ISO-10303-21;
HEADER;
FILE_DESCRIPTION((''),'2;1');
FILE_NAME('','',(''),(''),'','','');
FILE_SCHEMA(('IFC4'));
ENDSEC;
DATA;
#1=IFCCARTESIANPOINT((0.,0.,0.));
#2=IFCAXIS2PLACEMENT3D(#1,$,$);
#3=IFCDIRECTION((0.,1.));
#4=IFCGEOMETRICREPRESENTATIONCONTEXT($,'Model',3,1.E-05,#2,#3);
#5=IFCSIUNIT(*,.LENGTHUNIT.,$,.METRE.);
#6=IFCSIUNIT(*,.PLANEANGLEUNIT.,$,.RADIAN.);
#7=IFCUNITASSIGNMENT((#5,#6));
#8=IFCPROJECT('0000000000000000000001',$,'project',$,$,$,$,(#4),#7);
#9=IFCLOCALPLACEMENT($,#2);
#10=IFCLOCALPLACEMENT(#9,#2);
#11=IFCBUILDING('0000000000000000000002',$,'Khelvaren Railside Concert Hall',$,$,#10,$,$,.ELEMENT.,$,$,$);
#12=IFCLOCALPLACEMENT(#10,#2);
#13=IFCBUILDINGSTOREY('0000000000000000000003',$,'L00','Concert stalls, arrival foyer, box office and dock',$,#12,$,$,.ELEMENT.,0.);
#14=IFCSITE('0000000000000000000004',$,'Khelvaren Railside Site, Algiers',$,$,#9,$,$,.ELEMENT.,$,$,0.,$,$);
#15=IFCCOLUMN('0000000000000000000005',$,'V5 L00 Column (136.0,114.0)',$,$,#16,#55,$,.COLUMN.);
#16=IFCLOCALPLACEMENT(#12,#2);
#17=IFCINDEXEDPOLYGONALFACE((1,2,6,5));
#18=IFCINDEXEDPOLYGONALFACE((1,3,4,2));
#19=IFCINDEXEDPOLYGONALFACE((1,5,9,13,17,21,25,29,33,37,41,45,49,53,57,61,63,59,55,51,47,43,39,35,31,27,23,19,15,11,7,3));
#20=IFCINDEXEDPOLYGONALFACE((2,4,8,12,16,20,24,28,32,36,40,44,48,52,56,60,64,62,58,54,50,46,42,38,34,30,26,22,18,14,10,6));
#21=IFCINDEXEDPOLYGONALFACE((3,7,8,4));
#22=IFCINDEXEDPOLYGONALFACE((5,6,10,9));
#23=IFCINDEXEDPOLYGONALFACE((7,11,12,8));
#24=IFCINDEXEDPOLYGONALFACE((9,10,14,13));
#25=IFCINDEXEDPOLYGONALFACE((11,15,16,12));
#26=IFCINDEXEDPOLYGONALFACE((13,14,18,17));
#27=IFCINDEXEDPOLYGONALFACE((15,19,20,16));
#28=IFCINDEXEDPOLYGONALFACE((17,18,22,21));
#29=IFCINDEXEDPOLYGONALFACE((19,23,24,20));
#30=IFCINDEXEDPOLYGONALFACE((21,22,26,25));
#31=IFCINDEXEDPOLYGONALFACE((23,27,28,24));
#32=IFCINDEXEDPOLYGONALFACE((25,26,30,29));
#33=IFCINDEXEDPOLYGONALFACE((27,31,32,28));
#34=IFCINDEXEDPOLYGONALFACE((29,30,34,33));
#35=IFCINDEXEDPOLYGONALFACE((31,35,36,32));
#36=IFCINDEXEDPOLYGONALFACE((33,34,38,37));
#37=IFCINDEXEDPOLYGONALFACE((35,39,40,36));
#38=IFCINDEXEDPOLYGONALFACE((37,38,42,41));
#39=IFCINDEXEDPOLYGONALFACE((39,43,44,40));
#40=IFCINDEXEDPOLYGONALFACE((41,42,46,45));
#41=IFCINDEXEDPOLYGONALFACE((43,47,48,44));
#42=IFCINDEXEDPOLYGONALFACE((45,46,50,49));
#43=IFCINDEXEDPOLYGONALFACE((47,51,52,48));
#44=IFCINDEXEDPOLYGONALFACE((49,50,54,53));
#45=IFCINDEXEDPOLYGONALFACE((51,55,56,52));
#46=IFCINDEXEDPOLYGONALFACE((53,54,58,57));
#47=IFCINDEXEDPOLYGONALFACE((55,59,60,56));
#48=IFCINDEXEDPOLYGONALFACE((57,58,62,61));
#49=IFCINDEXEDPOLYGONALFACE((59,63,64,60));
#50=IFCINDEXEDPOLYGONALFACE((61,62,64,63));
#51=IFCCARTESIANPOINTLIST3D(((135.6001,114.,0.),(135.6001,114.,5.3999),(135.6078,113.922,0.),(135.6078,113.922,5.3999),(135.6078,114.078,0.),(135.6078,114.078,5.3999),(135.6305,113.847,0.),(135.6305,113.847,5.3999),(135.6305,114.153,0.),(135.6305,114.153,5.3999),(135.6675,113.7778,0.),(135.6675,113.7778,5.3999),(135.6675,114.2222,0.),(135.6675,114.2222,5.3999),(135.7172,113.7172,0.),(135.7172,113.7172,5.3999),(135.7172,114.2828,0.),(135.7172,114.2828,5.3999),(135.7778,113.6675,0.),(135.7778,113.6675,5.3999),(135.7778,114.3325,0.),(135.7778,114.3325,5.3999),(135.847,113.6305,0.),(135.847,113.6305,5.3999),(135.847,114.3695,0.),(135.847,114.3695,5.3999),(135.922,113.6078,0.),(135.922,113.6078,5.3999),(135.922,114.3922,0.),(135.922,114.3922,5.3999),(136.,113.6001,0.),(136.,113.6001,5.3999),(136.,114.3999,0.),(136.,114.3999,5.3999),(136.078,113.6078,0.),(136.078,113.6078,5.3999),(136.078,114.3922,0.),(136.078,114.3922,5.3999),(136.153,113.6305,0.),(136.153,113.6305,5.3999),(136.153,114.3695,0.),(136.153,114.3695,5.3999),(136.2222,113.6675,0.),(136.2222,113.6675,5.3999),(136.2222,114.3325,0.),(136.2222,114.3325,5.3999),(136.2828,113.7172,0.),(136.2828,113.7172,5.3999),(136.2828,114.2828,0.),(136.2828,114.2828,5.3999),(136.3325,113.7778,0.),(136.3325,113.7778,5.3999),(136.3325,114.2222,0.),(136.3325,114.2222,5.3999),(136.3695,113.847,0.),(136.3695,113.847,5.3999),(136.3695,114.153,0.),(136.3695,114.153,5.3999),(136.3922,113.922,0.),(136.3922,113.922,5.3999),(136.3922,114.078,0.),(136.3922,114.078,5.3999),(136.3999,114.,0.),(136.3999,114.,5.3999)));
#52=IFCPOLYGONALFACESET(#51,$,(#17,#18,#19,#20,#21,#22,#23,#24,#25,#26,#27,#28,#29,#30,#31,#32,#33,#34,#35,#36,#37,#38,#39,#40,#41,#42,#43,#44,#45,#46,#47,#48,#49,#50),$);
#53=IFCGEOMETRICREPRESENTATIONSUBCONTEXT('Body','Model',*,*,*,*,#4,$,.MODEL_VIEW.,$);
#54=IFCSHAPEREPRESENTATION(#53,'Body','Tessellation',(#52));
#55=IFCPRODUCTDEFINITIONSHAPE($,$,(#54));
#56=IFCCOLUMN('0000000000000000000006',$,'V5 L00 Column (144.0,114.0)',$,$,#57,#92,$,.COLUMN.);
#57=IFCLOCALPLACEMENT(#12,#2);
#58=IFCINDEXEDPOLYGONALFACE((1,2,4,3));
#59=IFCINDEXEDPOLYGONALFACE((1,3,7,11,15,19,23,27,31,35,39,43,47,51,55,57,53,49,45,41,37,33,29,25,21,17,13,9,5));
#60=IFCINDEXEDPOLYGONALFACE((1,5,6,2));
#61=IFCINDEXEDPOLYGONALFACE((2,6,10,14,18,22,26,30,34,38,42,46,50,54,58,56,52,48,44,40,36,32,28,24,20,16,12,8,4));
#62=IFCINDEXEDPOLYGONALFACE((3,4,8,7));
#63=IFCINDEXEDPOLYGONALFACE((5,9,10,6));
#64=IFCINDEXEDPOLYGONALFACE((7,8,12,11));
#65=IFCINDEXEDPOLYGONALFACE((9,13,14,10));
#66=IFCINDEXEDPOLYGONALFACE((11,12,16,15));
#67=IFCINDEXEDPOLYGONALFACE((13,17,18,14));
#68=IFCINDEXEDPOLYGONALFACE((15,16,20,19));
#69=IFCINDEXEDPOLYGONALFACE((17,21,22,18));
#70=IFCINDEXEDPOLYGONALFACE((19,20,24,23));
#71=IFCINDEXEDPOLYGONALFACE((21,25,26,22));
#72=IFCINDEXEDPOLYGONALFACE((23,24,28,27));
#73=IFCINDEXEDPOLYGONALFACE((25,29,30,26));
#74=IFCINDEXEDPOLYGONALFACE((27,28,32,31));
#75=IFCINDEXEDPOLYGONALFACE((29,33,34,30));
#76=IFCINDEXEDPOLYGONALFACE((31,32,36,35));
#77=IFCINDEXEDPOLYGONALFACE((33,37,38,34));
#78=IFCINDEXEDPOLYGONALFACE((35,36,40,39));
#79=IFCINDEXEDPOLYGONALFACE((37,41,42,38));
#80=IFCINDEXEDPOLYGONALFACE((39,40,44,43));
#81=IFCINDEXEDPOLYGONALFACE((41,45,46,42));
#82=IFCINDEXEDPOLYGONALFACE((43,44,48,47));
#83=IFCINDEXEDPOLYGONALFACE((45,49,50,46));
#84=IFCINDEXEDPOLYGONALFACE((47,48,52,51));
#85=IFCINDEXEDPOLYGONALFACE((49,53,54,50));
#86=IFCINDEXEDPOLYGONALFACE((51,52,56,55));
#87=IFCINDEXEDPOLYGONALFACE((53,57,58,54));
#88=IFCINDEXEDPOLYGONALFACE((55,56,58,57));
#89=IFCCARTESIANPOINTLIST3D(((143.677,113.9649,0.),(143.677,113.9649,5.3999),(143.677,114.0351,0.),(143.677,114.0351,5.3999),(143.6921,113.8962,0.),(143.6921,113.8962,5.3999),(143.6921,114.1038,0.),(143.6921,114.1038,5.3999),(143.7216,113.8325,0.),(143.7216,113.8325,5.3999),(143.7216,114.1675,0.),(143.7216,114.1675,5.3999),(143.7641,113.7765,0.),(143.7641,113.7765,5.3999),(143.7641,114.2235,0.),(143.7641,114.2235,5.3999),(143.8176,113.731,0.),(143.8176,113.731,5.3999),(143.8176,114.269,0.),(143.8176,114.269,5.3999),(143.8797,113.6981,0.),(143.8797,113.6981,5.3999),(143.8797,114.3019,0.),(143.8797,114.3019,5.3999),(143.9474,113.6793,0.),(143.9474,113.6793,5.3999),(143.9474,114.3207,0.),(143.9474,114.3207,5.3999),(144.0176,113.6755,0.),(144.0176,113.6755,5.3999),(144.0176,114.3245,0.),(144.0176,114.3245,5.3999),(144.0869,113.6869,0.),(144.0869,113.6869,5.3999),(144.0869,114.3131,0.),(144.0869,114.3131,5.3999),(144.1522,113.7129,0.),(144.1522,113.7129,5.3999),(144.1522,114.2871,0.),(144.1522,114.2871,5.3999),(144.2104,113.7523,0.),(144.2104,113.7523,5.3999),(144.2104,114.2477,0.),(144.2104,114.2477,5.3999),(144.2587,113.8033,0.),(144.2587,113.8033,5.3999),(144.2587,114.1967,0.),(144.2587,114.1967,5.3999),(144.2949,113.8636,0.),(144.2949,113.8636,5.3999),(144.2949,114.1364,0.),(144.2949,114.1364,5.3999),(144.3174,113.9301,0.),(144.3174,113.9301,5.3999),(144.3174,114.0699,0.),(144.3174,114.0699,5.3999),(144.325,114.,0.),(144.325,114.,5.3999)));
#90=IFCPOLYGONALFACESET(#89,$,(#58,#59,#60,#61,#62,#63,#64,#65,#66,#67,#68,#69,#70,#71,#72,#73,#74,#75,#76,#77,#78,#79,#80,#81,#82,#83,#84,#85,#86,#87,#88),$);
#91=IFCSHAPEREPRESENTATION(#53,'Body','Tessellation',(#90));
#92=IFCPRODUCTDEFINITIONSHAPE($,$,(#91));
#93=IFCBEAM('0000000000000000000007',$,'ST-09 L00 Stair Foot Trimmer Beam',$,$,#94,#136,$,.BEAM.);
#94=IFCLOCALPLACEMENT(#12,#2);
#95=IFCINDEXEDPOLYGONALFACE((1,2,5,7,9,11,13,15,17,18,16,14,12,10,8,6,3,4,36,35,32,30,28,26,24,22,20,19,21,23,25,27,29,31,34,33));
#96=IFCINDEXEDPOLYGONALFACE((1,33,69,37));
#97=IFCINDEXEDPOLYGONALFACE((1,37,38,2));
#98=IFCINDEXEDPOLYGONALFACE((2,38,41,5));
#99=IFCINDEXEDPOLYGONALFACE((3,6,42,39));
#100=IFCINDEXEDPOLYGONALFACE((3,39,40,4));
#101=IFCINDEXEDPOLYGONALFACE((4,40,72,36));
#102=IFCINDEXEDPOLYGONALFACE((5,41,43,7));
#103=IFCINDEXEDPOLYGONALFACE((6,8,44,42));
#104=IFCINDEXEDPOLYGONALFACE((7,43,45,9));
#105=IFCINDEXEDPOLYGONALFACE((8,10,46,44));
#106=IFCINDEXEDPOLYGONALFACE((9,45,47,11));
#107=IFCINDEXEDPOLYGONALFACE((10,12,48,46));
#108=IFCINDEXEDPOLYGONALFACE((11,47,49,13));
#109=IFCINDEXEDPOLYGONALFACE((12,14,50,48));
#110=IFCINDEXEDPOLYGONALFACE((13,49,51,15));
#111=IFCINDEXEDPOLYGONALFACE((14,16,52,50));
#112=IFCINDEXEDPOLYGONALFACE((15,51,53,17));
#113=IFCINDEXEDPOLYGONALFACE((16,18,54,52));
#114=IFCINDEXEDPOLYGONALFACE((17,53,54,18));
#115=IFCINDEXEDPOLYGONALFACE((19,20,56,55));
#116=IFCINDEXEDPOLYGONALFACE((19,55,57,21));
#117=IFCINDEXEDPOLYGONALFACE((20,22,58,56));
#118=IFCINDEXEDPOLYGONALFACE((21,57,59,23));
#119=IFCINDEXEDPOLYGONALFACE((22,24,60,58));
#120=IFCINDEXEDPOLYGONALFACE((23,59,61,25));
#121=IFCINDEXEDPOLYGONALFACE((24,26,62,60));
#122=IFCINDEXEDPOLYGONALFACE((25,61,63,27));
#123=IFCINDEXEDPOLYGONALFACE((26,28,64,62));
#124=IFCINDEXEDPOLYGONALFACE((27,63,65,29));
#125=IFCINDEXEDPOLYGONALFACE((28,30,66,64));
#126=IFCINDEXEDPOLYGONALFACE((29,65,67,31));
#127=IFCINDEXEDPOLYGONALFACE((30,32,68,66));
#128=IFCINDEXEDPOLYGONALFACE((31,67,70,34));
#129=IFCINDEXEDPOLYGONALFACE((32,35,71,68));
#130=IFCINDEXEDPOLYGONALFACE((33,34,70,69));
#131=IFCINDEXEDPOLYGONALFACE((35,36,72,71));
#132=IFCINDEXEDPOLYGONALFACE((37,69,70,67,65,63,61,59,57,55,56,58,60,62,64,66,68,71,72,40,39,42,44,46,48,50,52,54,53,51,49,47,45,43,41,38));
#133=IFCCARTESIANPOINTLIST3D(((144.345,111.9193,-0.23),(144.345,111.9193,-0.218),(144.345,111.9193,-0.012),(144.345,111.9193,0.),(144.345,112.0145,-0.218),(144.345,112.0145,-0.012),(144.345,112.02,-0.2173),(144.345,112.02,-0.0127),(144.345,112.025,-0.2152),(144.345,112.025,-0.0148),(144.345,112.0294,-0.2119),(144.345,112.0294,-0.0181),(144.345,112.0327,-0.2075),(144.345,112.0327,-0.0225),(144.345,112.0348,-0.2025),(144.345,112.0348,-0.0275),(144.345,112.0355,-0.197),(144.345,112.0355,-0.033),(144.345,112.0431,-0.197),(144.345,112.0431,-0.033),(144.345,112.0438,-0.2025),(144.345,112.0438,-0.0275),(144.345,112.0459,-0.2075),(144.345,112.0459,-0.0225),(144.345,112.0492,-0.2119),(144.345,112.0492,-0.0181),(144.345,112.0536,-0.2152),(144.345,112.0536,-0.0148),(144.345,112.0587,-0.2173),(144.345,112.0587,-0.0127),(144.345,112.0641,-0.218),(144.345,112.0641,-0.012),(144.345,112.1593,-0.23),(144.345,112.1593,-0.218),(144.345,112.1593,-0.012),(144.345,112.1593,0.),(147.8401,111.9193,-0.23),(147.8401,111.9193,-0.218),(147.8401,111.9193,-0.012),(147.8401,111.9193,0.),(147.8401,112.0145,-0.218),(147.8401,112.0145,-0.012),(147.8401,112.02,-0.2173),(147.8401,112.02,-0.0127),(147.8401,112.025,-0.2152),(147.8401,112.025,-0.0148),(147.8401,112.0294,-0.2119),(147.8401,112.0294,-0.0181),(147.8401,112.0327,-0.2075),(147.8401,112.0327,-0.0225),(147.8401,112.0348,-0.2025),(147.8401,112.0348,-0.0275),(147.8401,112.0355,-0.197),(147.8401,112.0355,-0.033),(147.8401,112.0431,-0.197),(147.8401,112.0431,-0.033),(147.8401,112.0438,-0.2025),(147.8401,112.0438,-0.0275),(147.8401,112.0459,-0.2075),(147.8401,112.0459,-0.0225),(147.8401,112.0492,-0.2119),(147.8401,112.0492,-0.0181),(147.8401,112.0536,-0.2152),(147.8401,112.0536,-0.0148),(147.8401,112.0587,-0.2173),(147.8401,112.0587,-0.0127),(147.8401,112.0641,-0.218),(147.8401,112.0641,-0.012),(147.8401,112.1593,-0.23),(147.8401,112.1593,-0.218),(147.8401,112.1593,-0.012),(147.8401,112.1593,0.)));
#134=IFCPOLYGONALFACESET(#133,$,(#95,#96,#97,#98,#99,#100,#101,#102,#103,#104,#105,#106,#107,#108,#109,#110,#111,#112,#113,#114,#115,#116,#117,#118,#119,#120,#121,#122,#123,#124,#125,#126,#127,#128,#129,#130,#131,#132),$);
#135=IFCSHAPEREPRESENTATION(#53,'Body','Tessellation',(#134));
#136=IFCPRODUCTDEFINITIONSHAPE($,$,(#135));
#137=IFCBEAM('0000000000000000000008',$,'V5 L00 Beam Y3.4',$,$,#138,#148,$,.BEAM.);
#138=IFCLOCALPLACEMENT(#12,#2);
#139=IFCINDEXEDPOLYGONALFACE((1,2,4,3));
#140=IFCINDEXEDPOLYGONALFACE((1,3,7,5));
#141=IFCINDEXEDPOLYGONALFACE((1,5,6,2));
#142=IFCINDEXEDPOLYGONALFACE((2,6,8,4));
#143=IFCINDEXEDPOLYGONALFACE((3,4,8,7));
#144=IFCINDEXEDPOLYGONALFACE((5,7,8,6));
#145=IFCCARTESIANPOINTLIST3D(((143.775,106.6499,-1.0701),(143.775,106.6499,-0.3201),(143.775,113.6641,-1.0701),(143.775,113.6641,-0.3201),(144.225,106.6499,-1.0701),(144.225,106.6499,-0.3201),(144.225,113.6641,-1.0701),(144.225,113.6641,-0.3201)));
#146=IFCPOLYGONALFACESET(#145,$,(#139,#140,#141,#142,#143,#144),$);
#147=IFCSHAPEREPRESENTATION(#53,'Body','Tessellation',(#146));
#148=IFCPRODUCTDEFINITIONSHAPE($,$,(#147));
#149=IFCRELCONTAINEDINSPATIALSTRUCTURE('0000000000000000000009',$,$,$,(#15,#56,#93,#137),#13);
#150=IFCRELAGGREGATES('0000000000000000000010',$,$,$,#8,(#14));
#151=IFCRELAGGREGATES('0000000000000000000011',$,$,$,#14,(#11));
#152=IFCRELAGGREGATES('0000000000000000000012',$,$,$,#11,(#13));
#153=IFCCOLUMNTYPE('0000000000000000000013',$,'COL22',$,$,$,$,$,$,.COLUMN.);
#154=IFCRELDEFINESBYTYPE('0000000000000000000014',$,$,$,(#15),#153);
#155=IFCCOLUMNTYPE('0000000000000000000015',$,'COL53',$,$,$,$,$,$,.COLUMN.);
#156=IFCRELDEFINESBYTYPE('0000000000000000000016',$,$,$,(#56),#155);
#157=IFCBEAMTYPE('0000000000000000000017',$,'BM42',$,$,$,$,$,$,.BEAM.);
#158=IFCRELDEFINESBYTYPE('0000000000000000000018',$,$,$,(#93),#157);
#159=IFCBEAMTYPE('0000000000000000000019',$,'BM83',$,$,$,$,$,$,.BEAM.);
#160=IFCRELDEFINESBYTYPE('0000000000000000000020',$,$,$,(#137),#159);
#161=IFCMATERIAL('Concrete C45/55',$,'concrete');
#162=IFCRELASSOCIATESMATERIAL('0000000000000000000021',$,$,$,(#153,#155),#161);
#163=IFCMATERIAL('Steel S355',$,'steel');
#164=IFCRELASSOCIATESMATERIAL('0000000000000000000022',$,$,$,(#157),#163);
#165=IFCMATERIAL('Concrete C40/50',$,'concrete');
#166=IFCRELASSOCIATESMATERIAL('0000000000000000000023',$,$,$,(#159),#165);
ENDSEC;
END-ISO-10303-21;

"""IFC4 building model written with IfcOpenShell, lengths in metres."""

from ifc_helpers import new_model, si_unit, direction, frame, origin, origin_2d, place, context, subcontext, project, spatial, rectangle, circle, i_section, extrude, material, material_profile, profile_set, type_object, element, save


model = new_model("IFC4")

# Units and contexts
model_context = context("Model", 3, precision=1e-05, world=origin(), true_north=direction((0.0, 1.0)))
body_context = subcontext(model_context, "Body", "Model", "MODEL_VIEW")
ifc_project = project(units=[si_unit("LENGTHUNIT", "METRE"), si_unit("PLANEANGLEUNIT", "RADIAN")], contexts=[model_context])

# Site, building, storey
site_placement = place(None, origin())
site = spatial("IfcSite", under=ifc_project, at=site_placement, Name="Khelvaren Railside Site, Algiers", CompositionType="ELEMENT", RefElevation=0.0)
building_placement = place(site_placement, origin())
building = spatial("IfcBuilding", under=site, at=building_placement, Name="Khelvaren Railside Concert Hall", CompositionType="ELEMENT")
storey_placement = place(building_placement, origin())
storey = spatial("IfcBuildingStorey", under=building, at=storey_placement, Name="L00", Description="Concert stalls, arrival foyer, box office and dock", CompositionType="ELEMENT", Elevation=0.0)

# Columns
ifc_material_1 = material(Name="Concrete C45/55", Category="concrete")
ifc_material_profile_1 = material_profile(ifc_material_1, circle(Radius=0.3999, at=origin_2d()), Name="RC D800")
ifc_profile_set_1 = profile_set([ifc_material_profile_1], Name="Concrete C45/55")
column_type_1 = type_object("IfcColumnType", Name="COL22", PredefinedType="COLUMN", material=ifc_profile_set_1)
column_1_placement = place(storey_placement, frame((136.0, 114.0, 0.0), z_axis=(0.0, 0.0, 1.0), x_axis=(1.0, 0.0, 0.0)))
element("IfcColumn", 1, at=column_1_placement, inside=storey, type_object=column_type_1, Name="V5 L00 Column (136.0,114.0)", PredefinedType="COLUMN", context=body_context, shape_type="SweptSolid", body=[
    extrude(circle(Radius=0.3999, at=origin_2d()), origin(), (0.0, 0.0, 1.0), 5.3999),
])
ifc_material_profile_2 = material_profile(ifc_material_1, circle(Radius=0.325, at=origin_2d()), Name="RC D650")
ifc_profile_set_2 = profile_set([ifc_material_profile_2], Name="Concrete C45/55")
column_type_2 = type_object("IfcColumnType", Name="COL53", PredefinedType="COLUMN", material=ifc_profile_set_2)
column_2_placement = place(storey_placement, frame((144.0, 114.0, 0.0), z_axis=(0.0, 0.0, 1.0), x_axis=(1.0, 0.0, 0.0)))
element("IfcColumn", 2, at=column_2_placement, inside=storey, type_object=column_type_2, Name="V5 L00 Column (144.0,114.0)", PredefinedType="COLUMN", context=body_context, shape_type="SweptSolid", body=[
    extrude(circle(Radius=0.325, at=origin_2d()), origin(), (0.0, 0.0, 1.0), 5.3999),
])

# Beams
ifc_material_2 = material(Name="Steel S355", Category="steel")
ifc_material_profile_3 = material_profile(ifc_material_2, i_section(OverallWidth=0.24, OverallDepth=0.23, WebThickness=0.0076, FlangeThickness=0.012, FilletRadius=0.021, at=origin_2d()), Name="HEA 240")
ifc_profile_set_3 = profile_set([ifc_material_profile_3], Name="Steel S355")
beam_type_1 = type_object("IfcBeamType", Name="BM42", PredefinedType="BEAM", material=ifc_profile_set_3)
beam_1_placement = place(storey_placement, frame((144.345, 112.0393, -0.115), z_axis=(1.0, 0.0, 0.0), x_axis=(0.0, 1.0, 0.0)))
element("IfcBeam", 3, at=beam_1_placement, inside=storey, type_object=beam_type_1, Name="ST-09 L00 Stair Foot Trimmer Beam", PredefinedType="BEAM", context=body_context, shape_type="SweptSolid", body=[
    extrude(i_section(OverallWidth=0.24, OverallDepth=0.23, WebThickness=0.0076, FlangeThickness=0.012, FilletRadius=0.021, at=origin_2d()), origin(), (0.0, 0.0, 1.0), 3.4951),
])
ifc_material_3 = material(Name="Concrete C40/50", Category="concrete")
ifc_material_profile_4 = material_profile(ifc_material_3, rectangle(XDim=0.45, YDim=0.75, at=origin_2d()), Name="RCB 450x750")
ifc_profile_set_4 = profile_set([ifc_material_profile_4], Name="Concrete C40/50")
beam_type_2 = type_object("IfcBeamType", Name="BM83", PredefinedType="BEAM", material=ifc_profile_set_4)
beam_2_placement = place(storey_placement, frame((144.0, 106.6499, -0.6951), z_axis=(0.0, 1.0, 0.0), x_axis=(-1.0, 0.0, 0.0)))
element("IfcBeam", 4, at=beam_2_placement, inside=storey, type_object=beam_type_2, Name="V5 L00 Beam Y3.4", PredefinedType="BEAM", context=body_context, shape_type="SweptSolid", body=[
    extrude(rectangle(XDim=0.45, YDim=0.75, at=origin_2d()), origin(), (0.0, 0.0, 1.0), 7.0142),
])

save(model, "model.ifc")
